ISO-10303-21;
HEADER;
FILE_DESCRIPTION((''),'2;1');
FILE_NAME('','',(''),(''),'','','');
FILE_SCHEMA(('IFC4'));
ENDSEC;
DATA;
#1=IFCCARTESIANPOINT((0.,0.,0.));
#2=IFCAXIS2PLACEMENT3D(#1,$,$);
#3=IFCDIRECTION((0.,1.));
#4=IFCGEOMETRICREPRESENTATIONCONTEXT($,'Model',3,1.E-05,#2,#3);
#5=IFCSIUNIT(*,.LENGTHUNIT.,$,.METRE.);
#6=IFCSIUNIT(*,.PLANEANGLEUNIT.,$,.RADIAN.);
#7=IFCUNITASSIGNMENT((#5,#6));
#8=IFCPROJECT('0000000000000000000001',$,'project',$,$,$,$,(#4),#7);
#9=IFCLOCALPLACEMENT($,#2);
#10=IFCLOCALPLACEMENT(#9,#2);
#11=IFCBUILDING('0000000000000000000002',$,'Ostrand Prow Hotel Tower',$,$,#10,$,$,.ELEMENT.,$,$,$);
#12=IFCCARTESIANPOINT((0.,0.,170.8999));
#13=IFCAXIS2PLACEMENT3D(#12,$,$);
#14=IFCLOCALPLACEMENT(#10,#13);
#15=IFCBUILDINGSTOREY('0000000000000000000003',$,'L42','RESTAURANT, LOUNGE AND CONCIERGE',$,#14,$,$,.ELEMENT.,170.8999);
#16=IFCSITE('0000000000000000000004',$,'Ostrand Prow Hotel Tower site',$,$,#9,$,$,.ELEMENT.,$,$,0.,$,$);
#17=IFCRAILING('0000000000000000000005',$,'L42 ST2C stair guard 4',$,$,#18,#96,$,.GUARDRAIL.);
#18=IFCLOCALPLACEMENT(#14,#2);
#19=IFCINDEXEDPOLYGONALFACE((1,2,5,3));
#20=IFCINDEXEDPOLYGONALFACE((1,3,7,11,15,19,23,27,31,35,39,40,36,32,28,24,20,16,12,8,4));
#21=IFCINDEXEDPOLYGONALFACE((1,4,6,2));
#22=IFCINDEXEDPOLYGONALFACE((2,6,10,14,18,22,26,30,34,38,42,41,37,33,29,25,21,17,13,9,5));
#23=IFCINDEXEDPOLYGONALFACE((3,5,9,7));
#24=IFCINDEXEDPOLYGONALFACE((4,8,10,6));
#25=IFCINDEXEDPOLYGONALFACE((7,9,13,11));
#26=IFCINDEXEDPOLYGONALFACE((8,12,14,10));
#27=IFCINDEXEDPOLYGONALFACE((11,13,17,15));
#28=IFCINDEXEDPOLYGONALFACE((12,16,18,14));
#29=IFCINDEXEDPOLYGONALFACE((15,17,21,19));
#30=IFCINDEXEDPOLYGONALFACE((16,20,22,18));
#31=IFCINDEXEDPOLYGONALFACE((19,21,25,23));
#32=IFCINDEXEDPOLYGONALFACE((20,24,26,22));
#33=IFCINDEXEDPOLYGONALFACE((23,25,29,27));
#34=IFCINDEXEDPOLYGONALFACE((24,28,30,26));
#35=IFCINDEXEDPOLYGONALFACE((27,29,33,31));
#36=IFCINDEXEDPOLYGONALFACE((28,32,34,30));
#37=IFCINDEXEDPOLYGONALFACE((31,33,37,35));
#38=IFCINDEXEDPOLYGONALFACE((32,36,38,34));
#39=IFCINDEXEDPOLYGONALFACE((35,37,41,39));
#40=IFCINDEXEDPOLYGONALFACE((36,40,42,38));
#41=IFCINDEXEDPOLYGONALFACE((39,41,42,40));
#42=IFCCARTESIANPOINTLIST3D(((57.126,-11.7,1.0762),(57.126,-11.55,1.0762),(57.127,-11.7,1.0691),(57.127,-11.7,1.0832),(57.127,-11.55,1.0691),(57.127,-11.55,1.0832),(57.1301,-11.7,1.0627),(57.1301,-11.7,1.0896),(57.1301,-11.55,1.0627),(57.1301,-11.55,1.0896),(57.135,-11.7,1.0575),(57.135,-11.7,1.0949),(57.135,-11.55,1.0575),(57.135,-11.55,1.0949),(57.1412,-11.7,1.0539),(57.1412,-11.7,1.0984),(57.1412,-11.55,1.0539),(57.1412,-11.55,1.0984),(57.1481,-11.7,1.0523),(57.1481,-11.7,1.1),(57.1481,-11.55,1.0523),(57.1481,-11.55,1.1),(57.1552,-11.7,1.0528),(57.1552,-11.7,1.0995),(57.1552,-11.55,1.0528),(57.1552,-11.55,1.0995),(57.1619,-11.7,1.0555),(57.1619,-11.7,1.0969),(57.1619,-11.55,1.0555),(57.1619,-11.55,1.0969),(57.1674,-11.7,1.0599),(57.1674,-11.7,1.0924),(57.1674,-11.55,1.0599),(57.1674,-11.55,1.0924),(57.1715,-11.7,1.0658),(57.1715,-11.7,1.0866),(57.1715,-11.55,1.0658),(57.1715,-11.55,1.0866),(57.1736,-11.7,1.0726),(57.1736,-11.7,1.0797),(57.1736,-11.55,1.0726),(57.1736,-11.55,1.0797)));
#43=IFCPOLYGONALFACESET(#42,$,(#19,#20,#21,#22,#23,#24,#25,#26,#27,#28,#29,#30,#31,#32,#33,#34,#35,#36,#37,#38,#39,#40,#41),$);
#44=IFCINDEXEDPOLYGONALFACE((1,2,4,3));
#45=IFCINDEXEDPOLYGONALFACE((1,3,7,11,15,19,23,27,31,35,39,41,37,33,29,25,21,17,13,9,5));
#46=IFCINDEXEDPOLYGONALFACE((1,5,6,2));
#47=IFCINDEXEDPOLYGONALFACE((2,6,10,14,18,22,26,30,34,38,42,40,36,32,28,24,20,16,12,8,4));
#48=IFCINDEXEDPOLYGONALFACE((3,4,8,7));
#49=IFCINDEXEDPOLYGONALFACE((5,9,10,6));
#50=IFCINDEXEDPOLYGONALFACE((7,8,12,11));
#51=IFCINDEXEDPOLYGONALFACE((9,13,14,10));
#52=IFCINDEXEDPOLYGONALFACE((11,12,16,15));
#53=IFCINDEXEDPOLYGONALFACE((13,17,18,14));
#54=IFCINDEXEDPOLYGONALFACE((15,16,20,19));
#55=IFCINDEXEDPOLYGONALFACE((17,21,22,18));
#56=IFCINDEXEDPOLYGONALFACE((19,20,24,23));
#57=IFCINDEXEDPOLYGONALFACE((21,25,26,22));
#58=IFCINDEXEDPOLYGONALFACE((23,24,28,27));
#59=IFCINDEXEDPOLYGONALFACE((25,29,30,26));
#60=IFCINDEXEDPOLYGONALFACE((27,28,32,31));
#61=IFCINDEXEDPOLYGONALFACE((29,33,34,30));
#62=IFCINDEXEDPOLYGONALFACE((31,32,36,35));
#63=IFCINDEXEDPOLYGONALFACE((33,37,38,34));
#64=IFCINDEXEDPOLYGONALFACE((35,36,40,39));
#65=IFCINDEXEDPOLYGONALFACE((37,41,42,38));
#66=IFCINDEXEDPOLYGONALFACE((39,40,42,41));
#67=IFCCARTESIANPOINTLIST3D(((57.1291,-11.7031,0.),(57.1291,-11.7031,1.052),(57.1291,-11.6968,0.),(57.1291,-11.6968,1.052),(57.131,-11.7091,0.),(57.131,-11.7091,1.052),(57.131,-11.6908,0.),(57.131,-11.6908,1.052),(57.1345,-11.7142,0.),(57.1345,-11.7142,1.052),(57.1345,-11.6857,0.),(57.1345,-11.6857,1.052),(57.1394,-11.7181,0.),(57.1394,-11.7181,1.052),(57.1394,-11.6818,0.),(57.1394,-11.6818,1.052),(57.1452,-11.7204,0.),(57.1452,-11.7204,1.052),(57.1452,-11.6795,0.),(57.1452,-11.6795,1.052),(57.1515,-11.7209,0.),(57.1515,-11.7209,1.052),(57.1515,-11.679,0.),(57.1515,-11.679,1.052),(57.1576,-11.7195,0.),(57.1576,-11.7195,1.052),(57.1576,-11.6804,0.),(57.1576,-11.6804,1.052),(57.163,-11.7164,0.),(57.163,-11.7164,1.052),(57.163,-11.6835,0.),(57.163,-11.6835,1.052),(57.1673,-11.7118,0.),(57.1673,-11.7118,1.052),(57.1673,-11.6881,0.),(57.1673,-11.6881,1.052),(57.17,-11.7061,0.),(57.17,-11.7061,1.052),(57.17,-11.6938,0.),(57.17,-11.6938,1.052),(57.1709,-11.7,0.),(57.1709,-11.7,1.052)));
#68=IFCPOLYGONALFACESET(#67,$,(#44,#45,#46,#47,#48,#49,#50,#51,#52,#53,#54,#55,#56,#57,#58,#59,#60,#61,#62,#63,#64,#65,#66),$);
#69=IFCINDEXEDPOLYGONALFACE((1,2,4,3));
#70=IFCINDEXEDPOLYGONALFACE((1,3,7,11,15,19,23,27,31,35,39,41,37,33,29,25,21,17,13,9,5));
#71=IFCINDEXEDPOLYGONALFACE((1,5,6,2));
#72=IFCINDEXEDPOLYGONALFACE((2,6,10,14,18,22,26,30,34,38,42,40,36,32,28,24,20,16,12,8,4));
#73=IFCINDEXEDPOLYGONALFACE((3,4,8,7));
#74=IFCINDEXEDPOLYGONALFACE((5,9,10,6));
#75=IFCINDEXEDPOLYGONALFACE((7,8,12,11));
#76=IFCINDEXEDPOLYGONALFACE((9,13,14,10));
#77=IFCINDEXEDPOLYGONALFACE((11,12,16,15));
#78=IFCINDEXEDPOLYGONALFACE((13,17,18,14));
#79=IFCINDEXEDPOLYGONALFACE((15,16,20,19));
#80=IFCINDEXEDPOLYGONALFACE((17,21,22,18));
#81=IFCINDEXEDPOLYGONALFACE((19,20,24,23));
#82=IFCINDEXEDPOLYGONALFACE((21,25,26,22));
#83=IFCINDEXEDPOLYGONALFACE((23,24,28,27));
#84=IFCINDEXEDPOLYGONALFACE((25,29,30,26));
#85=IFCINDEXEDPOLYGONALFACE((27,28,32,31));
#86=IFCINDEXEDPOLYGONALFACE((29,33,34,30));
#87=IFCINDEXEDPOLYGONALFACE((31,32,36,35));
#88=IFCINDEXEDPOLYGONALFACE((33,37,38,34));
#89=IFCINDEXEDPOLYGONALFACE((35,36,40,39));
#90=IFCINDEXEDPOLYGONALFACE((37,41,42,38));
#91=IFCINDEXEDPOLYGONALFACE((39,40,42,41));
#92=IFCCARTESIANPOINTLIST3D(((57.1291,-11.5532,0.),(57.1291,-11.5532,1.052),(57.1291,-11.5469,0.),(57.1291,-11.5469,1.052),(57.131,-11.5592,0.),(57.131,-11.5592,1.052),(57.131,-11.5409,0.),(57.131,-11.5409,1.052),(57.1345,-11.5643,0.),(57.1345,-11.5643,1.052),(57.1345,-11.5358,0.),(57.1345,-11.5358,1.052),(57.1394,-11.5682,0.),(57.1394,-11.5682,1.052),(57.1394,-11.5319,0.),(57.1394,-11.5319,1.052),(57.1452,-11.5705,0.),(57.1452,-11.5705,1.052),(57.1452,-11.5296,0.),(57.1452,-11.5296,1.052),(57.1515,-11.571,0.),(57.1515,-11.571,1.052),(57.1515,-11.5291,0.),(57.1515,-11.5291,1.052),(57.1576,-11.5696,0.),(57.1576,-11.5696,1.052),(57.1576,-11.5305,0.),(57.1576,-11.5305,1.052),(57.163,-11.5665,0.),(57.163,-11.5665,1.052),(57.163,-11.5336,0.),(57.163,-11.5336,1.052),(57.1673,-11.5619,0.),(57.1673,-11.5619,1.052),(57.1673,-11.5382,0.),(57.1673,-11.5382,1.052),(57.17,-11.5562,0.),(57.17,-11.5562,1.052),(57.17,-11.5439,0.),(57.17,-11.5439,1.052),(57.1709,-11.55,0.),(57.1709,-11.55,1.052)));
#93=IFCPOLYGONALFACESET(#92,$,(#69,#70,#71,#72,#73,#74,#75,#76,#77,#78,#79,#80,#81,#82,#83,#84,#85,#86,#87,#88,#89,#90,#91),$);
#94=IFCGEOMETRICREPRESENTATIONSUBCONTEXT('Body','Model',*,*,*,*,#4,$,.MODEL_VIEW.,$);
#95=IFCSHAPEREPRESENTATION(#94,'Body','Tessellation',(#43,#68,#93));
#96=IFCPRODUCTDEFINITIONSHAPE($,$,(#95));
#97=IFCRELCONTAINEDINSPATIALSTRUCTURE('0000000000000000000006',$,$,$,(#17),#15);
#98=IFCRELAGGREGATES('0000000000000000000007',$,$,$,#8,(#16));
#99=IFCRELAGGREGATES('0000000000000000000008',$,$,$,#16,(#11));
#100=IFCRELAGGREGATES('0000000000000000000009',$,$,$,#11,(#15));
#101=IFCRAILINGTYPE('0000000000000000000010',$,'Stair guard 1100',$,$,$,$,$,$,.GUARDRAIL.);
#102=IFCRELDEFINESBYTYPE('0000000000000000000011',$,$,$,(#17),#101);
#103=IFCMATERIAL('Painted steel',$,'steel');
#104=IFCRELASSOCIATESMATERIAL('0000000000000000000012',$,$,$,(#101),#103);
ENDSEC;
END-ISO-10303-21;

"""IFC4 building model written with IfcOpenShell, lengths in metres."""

from ifc_helpers import new_model, si_unit, direction, frame, origin, origin_2d, place, context, subcontext, project, spatial, circle, extrude, material, type_object, element, save


model = new_model("IFC4")

# Units and contexts
model_context = context("Model", 3, precision=1e-05, world=origin(), true_north=direction((0.0, 1.0)))
body_context = subcontext(model_context, "Body", "Model", "MODEL_VIEW")
ifc_project = project(units=[si_unit("LENGTHUNIT", "METRE"), si_unit("PLANEANGLEUNIT", "RADIAN")], contexts=[model_context])

# Site, building, storey
site_placement = place(None, origin())
site = spatial("IfcSite", under=ifc_project, at=site_placement, Name="Ostrand Prow Hotel Tower site", CompositionType="ELEMENT", RefElevation=0.0)
building_placement = place(site_placement, origin())
building = spatial("IfcBuilding", under=site, at=building_placement, Name="Ostrand Prow Hotel Tower", CompositionType="ELEMENT")
storey_placement = place(building_placement, frame((0.0, 0.0, 170.8999)))
storey = spatial("IfcBuildingStorey", under=building, at=storey_placement, Name="L42", Description="RESTAURANT, LOUNGE AND CONCIERGE", CompositionType="ELEMENT", Elevation=170.8999)

# Railing
ifc_material_1 = material(Name="Painted steel", Category="steel")
railing_type_1 = type_object("IfcRailingType", Name="Stair guard 1100", PredefinedType="GUARDRAIL", material=ifc_material_1)
railing_1_placement = place(storey_placement, frame((57.1499, -11.7, 0.0)))
element("IfcRailing", 1, at=railing_1_placement, inside=storey, type_object=railing_type_1, Name="L42 ST2C stair guard 4", PredefinedType="GUARDRAIL", context=body_context, shape_type="SweptSolid", body=[
    extrude(circle(Radius=0.0239, at=origin_2d()), frame((0.0, 0.0, 1.0762), z_axis=(0.0, 1.0, 0.0), x_axis=(-1.0, 0.0, 0.0)), (0.0, 0.0, 1.0), 0.1499),
    extrude(circle(Radius=0.021, at=origin_2d()), origin(), (0.0, 0.0, 1.0), 1.052),
    extrude(circle(Radius=0.021, at=origin_2d()), frame((0.0, 0.1499, 0.0)), (0.0, 0.0, 1.0), 1.052),
])

save(model, "model.ifc")
